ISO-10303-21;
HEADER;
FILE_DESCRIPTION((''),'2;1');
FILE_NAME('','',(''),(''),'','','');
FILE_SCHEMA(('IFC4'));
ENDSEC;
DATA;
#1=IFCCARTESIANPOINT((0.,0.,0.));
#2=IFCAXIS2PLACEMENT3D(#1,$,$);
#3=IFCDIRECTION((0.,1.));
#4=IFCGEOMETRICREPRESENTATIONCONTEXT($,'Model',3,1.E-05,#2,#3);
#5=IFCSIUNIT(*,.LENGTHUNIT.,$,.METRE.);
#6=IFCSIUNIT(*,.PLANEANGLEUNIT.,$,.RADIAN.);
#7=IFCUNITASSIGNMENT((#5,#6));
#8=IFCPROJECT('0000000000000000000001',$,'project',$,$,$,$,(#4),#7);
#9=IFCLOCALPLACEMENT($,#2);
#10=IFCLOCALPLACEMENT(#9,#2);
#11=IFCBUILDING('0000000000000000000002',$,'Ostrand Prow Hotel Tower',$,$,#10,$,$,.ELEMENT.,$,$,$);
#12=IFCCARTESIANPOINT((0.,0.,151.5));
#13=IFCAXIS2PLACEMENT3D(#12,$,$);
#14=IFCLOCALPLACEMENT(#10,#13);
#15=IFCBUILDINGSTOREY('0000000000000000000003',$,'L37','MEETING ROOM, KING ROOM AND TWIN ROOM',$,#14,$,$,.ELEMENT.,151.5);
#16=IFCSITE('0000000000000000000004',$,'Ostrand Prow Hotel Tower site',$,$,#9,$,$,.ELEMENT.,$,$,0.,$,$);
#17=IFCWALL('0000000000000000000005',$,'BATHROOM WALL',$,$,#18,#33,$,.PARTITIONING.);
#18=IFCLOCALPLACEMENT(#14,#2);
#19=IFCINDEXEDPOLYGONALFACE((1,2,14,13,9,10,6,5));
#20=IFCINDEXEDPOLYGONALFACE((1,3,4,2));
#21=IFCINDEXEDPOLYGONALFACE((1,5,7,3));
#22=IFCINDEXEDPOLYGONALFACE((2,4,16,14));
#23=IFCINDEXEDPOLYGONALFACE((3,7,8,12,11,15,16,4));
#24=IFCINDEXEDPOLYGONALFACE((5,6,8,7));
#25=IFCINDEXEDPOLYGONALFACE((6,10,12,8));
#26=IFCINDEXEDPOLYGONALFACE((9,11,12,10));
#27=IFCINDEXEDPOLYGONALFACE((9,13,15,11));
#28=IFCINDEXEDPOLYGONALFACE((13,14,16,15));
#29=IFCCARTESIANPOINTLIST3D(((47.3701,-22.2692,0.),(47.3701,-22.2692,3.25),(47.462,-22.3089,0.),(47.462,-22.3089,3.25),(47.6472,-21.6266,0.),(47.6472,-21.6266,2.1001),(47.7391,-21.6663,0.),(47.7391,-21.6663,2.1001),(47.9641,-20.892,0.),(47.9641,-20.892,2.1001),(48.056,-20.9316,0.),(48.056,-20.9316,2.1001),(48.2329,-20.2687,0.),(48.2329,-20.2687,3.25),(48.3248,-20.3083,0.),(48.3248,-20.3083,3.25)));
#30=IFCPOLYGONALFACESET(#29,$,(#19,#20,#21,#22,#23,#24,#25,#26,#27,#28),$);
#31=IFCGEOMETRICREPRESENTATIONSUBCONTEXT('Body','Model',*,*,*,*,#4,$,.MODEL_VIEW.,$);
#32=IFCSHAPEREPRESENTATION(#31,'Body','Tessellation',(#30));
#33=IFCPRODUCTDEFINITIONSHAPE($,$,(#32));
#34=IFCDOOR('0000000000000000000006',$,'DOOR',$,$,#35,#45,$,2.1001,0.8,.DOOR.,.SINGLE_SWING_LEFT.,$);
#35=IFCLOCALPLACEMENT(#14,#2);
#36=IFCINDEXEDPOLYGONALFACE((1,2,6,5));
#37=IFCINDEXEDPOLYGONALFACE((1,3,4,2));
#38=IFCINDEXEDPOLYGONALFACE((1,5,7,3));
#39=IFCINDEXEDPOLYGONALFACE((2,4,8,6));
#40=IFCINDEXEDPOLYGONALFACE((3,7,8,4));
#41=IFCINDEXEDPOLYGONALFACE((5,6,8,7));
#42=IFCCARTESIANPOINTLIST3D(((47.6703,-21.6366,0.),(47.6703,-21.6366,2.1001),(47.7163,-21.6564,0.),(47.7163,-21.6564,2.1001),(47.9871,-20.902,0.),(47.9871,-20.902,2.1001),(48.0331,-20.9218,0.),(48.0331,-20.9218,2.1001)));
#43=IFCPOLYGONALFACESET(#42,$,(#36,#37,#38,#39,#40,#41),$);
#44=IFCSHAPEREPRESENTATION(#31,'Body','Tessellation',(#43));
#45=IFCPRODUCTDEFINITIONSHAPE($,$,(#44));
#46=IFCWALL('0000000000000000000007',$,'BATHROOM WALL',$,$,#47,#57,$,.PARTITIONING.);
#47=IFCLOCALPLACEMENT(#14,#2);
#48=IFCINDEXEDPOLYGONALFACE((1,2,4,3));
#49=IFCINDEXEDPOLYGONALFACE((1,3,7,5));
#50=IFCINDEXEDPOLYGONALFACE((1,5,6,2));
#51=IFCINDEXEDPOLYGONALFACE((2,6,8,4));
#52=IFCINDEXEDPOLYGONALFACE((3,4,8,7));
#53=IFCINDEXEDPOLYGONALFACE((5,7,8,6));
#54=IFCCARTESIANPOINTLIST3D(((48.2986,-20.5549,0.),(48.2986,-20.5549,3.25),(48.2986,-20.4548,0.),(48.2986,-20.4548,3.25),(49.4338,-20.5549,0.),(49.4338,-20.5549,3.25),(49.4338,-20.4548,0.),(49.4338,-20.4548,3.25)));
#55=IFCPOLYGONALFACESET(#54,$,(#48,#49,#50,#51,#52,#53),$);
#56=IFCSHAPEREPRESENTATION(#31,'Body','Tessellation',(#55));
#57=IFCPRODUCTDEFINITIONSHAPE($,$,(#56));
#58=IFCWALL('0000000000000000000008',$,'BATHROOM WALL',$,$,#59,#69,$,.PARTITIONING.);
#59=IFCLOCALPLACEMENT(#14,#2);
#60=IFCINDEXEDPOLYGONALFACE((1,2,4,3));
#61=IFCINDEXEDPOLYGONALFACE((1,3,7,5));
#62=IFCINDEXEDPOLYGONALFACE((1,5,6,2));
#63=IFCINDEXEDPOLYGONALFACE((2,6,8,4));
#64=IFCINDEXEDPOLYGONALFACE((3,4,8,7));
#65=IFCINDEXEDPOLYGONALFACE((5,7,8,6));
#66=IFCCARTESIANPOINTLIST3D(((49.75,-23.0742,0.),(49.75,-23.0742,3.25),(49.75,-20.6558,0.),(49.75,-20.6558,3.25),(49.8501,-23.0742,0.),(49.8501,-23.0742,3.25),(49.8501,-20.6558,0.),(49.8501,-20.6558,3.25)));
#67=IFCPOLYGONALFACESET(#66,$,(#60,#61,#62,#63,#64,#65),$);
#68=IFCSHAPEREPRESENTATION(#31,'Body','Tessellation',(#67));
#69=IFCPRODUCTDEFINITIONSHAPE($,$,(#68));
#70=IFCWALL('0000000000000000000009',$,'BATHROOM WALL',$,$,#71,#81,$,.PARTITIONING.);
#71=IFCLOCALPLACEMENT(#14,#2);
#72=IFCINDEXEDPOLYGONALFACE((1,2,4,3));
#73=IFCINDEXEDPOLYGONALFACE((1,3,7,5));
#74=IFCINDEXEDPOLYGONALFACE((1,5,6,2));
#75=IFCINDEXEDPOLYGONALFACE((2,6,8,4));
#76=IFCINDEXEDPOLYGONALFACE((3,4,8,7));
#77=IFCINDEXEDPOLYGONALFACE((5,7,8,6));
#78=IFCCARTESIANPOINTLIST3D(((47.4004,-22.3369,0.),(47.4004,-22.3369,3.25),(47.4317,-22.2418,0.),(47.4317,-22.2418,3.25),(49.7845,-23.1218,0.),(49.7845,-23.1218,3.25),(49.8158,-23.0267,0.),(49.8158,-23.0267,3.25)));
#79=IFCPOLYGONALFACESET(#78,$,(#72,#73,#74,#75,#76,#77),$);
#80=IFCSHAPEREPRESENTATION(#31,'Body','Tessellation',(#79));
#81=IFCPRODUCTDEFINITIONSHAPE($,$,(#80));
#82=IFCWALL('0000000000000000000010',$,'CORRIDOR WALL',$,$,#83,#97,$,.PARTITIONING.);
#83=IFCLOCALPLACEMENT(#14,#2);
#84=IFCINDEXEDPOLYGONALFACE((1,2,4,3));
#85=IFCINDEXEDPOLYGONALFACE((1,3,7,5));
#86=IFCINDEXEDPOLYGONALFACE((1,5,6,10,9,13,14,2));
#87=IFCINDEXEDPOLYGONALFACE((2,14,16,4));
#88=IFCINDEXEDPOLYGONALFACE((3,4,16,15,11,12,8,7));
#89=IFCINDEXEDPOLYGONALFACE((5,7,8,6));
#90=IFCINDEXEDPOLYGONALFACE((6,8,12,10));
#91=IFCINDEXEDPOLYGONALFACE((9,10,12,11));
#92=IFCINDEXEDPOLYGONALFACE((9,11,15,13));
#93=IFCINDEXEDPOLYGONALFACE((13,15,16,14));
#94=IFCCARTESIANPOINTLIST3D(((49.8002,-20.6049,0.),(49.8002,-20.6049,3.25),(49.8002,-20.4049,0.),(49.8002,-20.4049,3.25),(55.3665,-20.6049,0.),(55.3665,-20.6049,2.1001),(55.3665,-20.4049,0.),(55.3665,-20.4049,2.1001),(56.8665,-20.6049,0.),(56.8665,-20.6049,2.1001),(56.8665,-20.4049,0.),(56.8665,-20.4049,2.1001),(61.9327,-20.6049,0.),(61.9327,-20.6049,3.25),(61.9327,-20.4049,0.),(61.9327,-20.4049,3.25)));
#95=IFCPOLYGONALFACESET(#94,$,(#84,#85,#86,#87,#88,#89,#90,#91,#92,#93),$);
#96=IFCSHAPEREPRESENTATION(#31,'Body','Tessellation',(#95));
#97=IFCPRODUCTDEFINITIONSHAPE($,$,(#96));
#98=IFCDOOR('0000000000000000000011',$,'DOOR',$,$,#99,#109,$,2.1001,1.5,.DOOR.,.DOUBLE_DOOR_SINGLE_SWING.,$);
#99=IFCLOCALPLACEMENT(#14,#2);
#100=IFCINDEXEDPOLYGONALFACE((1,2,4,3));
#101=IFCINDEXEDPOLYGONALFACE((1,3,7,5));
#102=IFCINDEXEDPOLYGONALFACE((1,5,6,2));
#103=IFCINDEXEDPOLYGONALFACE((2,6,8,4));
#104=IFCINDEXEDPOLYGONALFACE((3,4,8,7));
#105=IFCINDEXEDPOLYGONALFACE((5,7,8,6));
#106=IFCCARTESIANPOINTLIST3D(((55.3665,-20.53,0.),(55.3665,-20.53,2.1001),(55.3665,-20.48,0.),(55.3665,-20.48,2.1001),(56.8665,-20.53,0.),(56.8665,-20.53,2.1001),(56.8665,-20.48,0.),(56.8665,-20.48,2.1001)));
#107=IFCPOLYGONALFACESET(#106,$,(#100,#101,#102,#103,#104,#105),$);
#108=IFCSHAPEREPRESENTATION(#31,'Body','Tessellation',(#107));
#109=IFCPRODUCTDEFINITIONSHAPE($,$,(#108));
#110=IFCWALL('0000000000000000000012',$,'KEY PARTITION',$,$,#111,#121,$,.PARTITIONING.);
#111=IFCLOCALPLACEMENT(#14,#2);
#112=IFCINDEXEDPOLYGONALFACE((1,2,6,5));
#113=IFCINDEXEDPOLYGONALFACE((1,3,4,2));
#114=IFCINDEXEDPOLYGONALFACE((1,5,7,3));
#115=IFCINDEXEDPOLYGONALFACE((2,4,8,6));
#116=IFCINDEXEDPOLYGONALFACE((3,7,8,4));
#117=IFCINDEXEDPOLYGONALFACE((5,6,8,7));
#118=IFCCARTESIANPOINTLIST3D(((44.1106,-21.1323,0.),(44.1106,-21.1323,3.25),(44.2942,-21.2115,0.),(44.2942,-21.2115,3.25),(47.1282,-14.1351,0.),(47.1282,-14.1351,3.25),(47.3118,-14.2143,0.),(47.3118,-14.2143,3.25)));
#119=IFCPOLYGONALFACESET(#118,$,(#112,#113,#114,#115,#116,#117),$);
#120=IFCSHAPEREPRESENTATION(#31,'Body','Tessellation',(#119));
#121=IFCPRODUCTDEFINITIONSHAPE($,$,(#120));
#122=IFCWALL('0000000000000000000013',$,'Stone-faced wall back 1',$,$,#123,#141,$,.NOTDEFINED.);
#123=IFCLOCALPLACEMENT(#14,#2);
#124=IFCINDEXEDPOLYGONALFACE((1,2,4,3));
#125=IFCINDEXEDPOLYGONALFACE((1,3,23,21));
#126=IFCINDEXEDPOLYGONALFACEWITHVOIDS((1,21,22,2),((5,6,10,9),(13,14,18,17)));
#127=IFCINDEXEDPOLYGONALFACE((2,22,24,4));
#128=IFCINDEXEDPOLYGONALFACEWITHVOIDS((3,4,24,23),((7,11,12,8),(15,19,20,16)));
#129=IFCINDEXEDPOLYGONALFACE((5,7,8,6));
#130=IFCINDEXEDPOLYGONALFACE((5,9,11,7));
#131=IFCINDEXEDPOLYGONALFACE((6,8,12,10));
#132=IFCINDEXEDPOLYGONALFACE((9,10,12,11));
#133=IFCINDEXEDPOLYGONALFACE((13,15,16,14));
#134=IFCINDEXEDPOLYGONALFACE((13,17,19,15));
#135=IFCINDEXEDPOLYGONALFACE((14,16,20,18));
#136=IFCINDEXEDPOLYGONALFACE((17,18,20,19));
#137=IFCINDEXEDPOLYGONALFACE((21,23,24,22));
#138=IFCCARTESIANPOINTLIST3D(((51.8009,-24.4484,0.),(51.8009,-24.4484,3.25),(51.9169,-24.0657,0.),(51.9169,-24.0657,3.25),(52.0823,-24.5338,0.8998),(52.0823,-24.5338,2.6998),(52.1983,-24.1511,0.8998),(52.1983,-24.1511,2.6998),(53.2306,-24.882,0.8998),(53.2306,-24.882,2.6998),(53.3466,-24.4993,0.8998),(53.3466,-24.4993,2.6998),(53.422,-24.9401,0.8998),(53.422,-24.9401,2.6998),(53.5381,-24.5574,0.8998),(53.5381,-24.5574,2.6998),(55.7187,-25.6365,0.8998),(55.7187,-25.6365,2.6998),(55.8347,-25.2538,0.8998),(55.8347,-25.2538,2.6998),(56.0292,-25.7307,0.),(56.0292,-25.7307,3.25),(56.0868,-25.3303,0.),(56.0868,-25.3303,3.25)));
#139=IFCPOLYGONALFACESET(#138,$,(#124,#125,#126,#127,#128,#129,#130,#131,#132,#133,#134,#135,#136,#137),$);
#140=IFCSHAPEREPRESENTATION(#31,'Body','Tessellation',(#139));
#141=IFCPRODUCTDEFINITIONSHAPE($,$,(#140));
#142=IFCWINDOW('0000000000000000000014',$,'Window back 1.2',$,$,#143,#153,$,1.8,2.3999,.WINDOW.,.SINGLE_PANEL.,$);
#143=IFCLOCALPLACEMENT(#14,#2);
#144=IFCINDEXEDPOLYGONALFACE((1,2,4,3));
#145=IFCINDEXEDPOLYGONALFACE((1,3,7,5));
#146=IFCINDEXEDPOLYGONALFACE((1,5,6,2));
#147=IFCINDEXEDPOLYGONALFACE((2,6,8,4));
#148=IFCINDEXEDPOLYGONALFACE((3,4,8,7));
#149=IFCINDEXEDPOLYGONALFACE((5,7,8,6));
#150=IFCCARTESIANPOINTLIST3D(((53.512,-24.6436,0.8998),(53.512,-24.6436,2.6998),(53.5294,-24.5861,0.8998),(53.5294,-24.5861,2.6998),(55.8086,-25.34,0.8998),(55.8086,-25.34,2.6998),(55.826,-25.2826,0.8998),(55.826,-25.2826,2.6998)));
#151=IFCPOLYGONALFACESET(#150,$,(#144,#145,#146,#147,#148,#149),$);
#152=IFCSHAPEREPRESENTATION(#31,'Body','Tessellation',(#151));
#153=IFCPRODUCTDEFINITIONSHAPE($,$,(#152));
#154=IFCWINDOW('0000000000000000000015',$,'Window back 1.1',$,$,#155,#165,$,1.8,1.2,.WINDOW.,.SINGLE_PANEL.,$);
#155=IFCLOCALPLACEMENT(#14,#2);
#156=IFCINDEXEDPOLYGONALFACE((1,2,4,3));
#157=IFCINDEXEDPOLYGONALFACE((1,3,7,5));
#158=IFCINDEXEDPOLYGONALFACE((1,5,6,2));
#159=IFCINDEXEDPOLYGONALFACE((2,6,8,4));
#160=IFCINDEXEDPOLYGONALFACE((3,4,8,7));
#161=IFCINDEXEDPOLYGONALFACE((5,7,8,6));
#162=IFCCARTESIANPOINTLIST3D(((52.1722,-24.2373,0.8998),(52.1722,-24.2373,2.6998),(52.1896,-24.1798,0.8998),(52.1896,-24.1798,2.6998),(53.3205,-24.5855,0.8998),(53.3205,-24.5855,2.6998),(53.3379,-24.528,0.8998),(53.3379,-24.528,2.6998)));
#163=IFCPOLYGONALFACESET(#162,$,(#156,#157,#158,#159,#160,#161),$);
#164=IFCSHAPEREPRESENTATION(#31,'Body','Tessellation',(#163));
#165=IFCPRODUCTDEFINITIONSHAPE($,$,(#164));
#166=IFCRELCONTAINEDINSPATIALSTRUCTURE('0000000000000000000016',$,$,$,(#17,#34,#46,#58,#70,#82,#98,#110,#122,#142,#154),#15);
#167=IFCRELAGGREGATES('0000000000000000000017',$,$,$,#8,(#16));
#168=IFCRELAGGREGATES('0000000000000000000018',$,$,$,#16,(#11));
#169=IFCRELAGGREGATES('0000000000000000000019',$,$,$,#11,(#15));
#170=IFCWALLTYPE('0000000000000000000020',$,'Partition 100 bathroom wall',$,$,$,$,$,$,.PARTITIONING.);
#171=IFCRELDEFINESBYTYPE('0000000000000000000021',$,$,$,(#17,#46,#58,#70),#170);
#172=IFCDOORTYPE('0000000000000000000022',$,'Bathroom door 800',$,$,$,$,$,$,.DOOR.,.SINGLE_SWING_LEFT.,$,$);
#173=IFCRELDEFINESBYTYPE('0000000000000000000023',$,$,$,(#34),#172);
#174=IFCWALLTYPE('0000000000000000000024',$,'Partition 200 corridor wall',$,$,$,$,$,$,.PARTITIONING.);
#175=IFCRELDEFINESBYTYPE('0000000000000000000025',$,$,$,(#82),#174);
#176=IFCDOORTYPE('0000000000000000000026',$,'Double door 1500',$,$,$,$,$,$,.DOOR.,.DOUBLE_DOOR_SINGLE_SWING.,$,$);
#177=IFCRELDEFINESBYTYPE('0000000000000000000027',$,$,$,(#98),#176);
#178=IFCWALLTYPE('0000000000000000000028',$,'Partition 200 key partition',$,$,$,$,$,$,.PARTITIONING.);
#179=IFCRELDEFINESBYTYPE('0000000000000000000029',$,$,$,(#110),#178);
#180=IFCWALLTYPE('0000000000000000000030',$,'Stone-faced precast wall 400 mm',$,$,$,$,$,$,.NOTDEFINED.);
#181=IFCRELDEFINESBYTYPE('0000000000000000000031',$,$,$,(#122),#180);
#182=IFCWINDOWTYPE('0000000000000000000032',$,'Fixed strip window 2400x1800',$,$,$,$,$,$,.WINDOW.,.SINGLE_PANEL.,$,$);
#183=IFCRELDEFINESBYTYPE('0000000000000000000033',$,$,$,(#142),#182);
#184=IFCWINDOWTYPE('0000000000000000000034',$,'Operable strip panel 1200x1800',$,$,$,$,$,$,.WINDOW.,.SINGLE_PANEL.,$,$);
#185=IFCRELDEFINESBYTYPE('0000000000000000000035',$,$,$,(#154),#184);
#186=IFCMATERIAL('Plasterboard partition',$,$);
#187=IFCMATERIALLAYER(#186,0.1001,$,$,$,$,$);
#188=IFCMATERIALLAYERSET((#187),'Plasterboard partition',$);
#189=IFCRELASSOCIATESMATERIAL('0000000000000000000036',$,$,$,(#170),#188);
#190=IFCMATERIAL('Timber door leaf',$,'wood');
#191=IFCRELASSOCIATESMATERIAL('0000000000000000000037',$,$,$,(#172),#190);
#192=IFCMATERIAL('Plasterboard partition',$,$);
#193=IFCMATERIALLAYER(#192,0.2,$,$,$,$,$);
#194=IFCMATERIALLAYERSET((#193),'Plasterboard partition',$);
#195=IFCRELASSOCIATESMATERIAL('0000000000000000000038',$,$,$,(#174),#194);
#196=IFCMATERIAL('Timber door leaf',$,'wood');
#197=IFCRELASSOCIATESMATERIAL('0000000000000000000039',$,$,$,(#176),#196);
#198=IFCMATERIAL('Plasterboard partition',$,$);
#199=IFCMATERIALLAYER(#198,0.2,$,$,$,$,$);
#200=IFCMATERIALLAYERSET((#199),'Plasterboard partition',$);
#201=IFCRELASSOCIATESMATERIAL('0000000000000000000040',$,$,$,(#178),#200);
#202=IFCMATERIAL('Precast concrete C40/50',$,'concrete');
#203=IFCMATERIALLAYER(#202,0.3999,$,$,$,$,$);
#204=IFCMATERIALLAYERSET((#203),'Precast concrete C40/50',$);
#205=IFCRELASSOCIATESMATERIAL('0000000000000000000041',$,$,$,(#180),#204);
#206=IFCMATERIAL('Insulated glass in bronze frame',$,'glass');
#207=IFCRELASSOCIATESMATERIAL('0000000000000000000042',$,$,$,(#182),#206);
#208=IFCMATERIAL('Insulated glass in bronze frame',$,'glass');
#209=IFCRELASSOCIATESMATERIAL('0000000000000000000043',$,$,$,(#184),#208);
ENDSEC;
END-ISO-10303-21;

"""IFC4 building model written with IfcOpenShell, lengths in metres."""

from ifc_helpers import new_model, si_unit, direction, frame, frame_2d, origin, place, context, subcontext, project, spatial, polyline, rectangle, outline, extrude, material, layer, layer_set, type_object, element, fill, save


model = new_model("IFC4")

# Units and contexts
model_context = context("Model", 3, precision=1e-05, world=origin(), true_north=direction((0.0, 1.0)))
body_context = subcontext(model_context, "Body", "Model", "MODEL_VIEW")
ifc_project = project(units=[si_unit("LENGTHUNIT", "METRE"), si_unit("PLANEANGLEUNIT", "RADIAN")], contexts=[model_context])

# Site, building, storey
site_placement = place(None, origin())
site = spatial("IfcSite", under=ifc_project, at=site_placement, Name="Ostrand Prow Hotel Tower site", CompositionType="ELEMENT", RefElevation=0.0)
building_placement = place(site_placement, origin())
building = spatial("IfcBuilding", under=site, at=building_placement, Name="Ostrand Prow Hotel Tower", CompositionType="ELEMENT")
storey_placement = place(building_placement, frame((0.0, 0.0, 151.5)))
storey = spatial("IfcBuildingStorey", under=building, at=storey_placement, Name="L37", Description="MEETING ROOM, KING ROOM AND TWIN ROOM", CompositionType="ELEMENT", Elevation=151.5)

# Wall, opening, door
ifc_material_1 = material(Name="Plasterboard partition")
ifc_layer_1 = layer(ifc_material_1, 0.1001)
ifc_layer_set_1 = layer_set([ifc_layer_1], Name="Plasterboard partition")
wall_type_1 = type_object("IfcWallType", Name="Partition 100 bathroom wall", PredefinedType="PARTITIONING", material=ifc_layer_set_1)
wall_1_placement = place(storey_placement, frame((47.416, -22.2891, 0.0), z_axis=(0.0, 0.0, 1.0), x_axis=(0.396028, 0.918238, 0.0)))
wall_1 = element("IfcWall", 1, at=wall_1_placement, inside=storey, type_object=wall_type_1, Name="BATHROOM WALL", PredefinedType="PARTITIONING", context=body_context, shape_type="SweptSolid", body=[
    extrude(rectangle(XDim=2.1787, YDim=0.1001, at=frame_2d((1.0894, 0.0))), origin(), (0.0, 0.0, 1.0), 3.25),
])
opening_1_placement = place(wall_1_placement, frame((0.7, 0.0, 0.0)))
opening_1 = element("IfcOpeningElement", 2, at=opening_1_placement, cuts=wall_1, PredefinedType="OPENING", context=body_context, shape_type="SweptSolid", body=[
    extrude(rectangle(XDim=0.8, YDim=2.1001, at=frame_2d((0.3999, 1.05))), frame((0.0, 0.0601, 0.0), z_axis=(0.0, -1.0, 0.0), x_axis=(1.0, 0.0, 0.0)), (0.0, 0.0, 1.0), 0.1201),
])
ifc_material_2 = material(Name="Timber door leaf", Category="wood")
door_type_1 = type_object("IfcDoorType", Name="Bathroom door 800", OperationType="SINGLE_SWING_LEFT", PredefinedType="DOOR", material=ifc_material_2)
door_1_placement = place(opening_1_placement, origin())
door_1 = element("IfcDoor", 3, at=door_1_placement, inside=storey, type_object=door_type_1, Name="DOOR", OperationType="SINGLE_SWING_LEFT", OverallHeight=2.1001, OverallWidth=0.8, PredefinedType="DOOR", context=body_context, shape_type="SweptSolid", body=[
    extrude(rectangle(XDim=0.8, YDim=2.1001, at=frame_2d((0.3999, 1.05))), frame((0.0, 0.0249, 0.0), z_axis=(0.0, -1.0, 0.0), x_axis=(1.0, 0.0, 0.0)), (0.0, 0.0, 1.0), 0.05),
])
fill(opening_1, door_1)

# Walls
wall_2_placement = place(storey_placement, frame((48.2986, -20.5049, 0.0), z_axis=(0.0, 0.0, 1.0), x_axis=(1.0, 0.0, 0.0)))
element("IfcWall", 4, at=wall_2_placement, inside=storey, type_object=wall_type_1, Name="BATHROOM WALL", PredefinedType="PARTITIONING", context=body_context, shape_type="SweptSolid", body=[
    extrude(rectangle(XDim=1.1353, YDim=0.1001, at=frame_2d((0.5676, 0.0))), origin(), (0.0, 0.0, 1.0), 3.25),
])
wall_3_placement = place(storey_placement, frame((49.8, -20.6558, 0.0), z_axis=(0.0, 0.0, 1.0), x_axis=(0.0, -1.0, 0.0)))
element("IfcWall", 5, at=wall_3_placement, inside=storey, type_object=wall_type_1, Name="BATHROOM WALL", PredefinedType="PARTITIONING", context=body_context, shape_type="SweptSolid", body=[
    extrude(rectangle(XDim=2.4185, YDim=0.1001, at=frame_2d((1.2092, 0.0))), origin(), (0.0, 0.0, 1.0), 3.25),
])
wall_4_placement = place(storey_placement, frame((49.8, -23.0742, 0.0), z_axis=(0.0, 0.0, 1.0), x_axis=(-0.949844, 0.312724, 0.0)))
element("IfcWall", 6, at=wall_4_placement, inside=storey, type_object=wall_type_1, Name="BATHROOM WALL", PredefinedType="PARTITIONING", context=body_context, shape_type="SweptSolid", body=[
    extrude(rectangle(XDim=2.51, YDim=0.1001, at=frame_2d((1.2549, 0.0))), origin(), (0.0, 0.0, 1.0), 3.25),
])

# Wall, opening, door
ifc_material_3 = material(Name="Plasterboard partition")
ifc_layer_2 = layer(ifc_material_3, 0.2)
ifc_layer_set_2 = layer_set([ifc_layer_2], Name="Plasterboard partition")
wall_type_2 = type_object("IfcWallType", Name="Partition 200 corridor wall", PredefinedType="PARTITIONING", material=ifc_layer_set_2)
wall_5_placement = place(storey_placement, frame((49.8, -20.5049, 0.0), z_axis=(0.0, 0.0, 1.0), x_axis=(1.0, 0.0, 0.0)))
wall_5 = element("IfcWall", 7, at=wall_5_placement, inside=storey, type_object=wall_type_2, Name="CORRIDOR WALL", PredefinedType="PARTITIONING", context=body_context, shape_type="SweptSolid", body=[
    extrude(rectangle(XDim=12.1326, YDim=0.2, at=frame_2d((6.0664, 0.0))), origin(), (0.0, 0.0, 1.0), 3.25),
])
opening_2_placement = place(wall_5_placement, frame((5.5664, 0.0, 0.0)))
opening_2 = element("IfcOpeningElement", 8, at=opening_2_placement, cuts=wall_5, PredefinedType="OPENING", context=body_context, shape_type="SweptSolid", body=[
    extrude(rectangle(XDim=1.5, YDim=2.1001, at=frame_2d((0.75, 1.05))), frame((0.0, 0.1099, 0.0), z_axis=(0.0, -1.0, 0.0), x_axis=(1.0, 0.0, 0.0)), (0.0, 0.0, 1.0), 0.22),
])
ifc_material_4 = material(Name="Timber door leaf", Category="wood")
door_type_2 = type_object("IfcDoorType", Name="Double door 1500", OperationType="DOUBLE_DOOR_SINGLE_SWING", PredefinedType="DOOR", material=ifc_material_4)
door_2_placement = place(opening_2_placement, origin())
door_2 = element("IfcDoor", 9, at=door_2_placement, inside=storey, type_object=door_type_2, Name="DOOR", OperationType="DOUBLE_DOOR_SINGLE_SWING", OverallHeight=2.1001, OverallWidth=1.5, PredefinedType="DOOR", context=body_context, shape_type="SweptSolid", body=[
    extrude(rectangle(XDim=1.5, YDim=2.1001, at=frame_2d((0.75, 1.05))), frame((0.0, 0.0249, 0.0), z_axis=(0.0, -1.0, 0.0), x_axis=(1.0, 0.0, 0.0)), (0.0, 0.0, 1.0), 0.05),
])
fill(opening_2, door_2)

# Wall
ifc_material_5 = material(Name="Plasterboard partition")
ifc_layer_3 = layer(ifc_material_5, 0.2)
ifc_layer_set_3 = layer_set([ifc_layer_3], Name="Plasterboard partition")
wall_type_3 = type_object("IfcWallType", Name="Partition 200 key partition", PredefinedType="PARTITIONING", material=ifc_layer_set_3)
wall_6_placement = place(storey_placement, frame((44.2024, -21.1719, 0.0), z_axis=(0.0, 0.0, 1.0), x_axis=(0.396006, 0.918248, 0.0)))
element("IfcWall", 10, at=wall_6_placement, inside=storey, type_object=wall_type_3, Name="KEY PARTITION", PredefinedType="PARTITIONING", context=body_context, shape_type="SweptSolid", body=[
    extrude(rectangle(XDim=7.6201, YDim=0.2, at=frame_2d((3.8101, 0.0))), origin(), (0.0, 0.0, 1.0), 3.25),
])

# Wall, openings, windows
ifc_material_6 = material(Name="Precast concrete C40/50", Category="concrete")
ifc_layer_4 = layer(ifc_material_6, 0.3999)
ifc_layer_set_4 = layer_set([ifc_layer_4], Name="Precast concrete C40/50")
wall_type_4 = type_object("IfcWallType", Name="Stone-faced precast wall 400 mm", PredefinedType="NOTDEFINED", material=ifc_layer_set_4)
wall_7_placement = place(storey_placement, frame((51.8589, -24.2571, 0.0), z_axis=(0.0, 0.0, 1.0), x_axis=(0.956964, -0.290205, 0.0)))
wall_7 = element("IfcWall", 11, at=wall_7_placement, inside=storey, type_object=wall_type_4, Name="Stone-faced wall back 1", PredefinedType="NOTDEFINED", context=body_context, shape_type="SweptSolid", body=[
    extrude(outline(polyline([(0.0, -0.2), (4.4185, -0.2), (4.3574, 0.2), (0.0, 0.2), (0.0, -0.2)])), origin(), (0.0, 0.0, 1.0), 3.25),
])
opening_3_placement = place(wall_7_placement, frame((0.2939, 0.0, 0.8999)))
opening_3 = element("IfcOpeningElement", 12, at=opening_3_placement, cuts=wall_7, PredefinedType="OPENING", context=body_context, shape_type="SweptSolid", body=[
    extrude(rectangle(XDim=1.2, YDim=1.8, at=frame_2d((0.6001, 0.8999))), frame((0.0, 0.21, 0.0), z_axis=(0.0, -1.0, 0.0), x_axis=(1.0, 0.0, 0.0)), (0.0, 0.0, 1.0), 0.4199),
])
opening_4_placement = place(wall_7_placement, frame((1.6941, 0.0, 0.8999)))
opening_4 = element("IfcOpeningElement", 13, at=opening_4_placement, cuts=wall_7, PredefinedType="OPENING", context=body_context, shape_type="SweptSolid", body=[
    extrude(rectangle(XDim=2.3999, YDim=1.8, at=frame_2d((1.2, 0.8999))), frame((0.0, 0.21, 0.0), z_axis=(0.0, -1.0, 0.0), x_axis=(1.0, 0.0, 0.0)), (0.0, 0.0, 1.0), 0.4199),
])
ifc_material_7 = material(Name="Insulated glass in bronze frame", Category="glass")
window_type_1 = type_object("IfcWindowType", Name="Fixed strip window 2400x1800", PartitioningType="SINGLE_PANEL", PredefinedType="WINDOW", material=ifc_material_7)
window_1_placement = place(opening_4_placement, origin())
window_1 = element("IfcWindow", 14, at=window_1_placement, inside=storey, type_object=window_type_1, Name="Window back 1.2", OverallHeight=1.8, OverallWidth=2.3999, PartitioningType="SINGLE_PANEL", PredefinedType="WINDOW", context=body_context, shape_type="SweptSolid", body=[
    extrude(rectangle(XDim=2.3999, YDim=1.8, at=frame_2d((1.2, 0.8999))), frame((0.0, 0.1699, 0.0), z_axis=(0.0, -1.0, 0.0), x_axis=(1.0, 0.0, 0.0)), (0.0, 0.0, 1.0), 0.0601),
])
fill(opening_4, window_1)
ifc_material_8 = material(Name="Insulated glass in bronze frame", Category="glass")
window_type_2 = type_object("IfcWindowType", Name="Operable strip panel 1200x1800", PartitioningType="SINGLE_PANEL", PredefinedType="WINDOW", material=ifc_material_8)
window_2_placement = place(opening_3_placement, origin())
window_2 = element("IfcWindow", 15, at=window_2_placement, inside=storey, type_object=window_type_2, Name="Window back 1.1", OverallHeight=1.8, OverallWidth=1.2, PartitioningType="SINGLE_PANEL", PredefinedType="WINDOW", context=body_context, shape_type="SweptSolid", body=[
    extrude(rectangle(XDim=1.2, YDim=1.8, at=frame_2d((0.6001, 0.8999))), frame((0.0, 0.1699, 0.0), z_axis=(0.0, -1.0, 0.0), x_axis=(1.0, 0.0, 0.0)), (0.0, 0.0, 1.0), 0.0601),
])
fill(opening_3, window_2)

save(model, "model.ifc")
